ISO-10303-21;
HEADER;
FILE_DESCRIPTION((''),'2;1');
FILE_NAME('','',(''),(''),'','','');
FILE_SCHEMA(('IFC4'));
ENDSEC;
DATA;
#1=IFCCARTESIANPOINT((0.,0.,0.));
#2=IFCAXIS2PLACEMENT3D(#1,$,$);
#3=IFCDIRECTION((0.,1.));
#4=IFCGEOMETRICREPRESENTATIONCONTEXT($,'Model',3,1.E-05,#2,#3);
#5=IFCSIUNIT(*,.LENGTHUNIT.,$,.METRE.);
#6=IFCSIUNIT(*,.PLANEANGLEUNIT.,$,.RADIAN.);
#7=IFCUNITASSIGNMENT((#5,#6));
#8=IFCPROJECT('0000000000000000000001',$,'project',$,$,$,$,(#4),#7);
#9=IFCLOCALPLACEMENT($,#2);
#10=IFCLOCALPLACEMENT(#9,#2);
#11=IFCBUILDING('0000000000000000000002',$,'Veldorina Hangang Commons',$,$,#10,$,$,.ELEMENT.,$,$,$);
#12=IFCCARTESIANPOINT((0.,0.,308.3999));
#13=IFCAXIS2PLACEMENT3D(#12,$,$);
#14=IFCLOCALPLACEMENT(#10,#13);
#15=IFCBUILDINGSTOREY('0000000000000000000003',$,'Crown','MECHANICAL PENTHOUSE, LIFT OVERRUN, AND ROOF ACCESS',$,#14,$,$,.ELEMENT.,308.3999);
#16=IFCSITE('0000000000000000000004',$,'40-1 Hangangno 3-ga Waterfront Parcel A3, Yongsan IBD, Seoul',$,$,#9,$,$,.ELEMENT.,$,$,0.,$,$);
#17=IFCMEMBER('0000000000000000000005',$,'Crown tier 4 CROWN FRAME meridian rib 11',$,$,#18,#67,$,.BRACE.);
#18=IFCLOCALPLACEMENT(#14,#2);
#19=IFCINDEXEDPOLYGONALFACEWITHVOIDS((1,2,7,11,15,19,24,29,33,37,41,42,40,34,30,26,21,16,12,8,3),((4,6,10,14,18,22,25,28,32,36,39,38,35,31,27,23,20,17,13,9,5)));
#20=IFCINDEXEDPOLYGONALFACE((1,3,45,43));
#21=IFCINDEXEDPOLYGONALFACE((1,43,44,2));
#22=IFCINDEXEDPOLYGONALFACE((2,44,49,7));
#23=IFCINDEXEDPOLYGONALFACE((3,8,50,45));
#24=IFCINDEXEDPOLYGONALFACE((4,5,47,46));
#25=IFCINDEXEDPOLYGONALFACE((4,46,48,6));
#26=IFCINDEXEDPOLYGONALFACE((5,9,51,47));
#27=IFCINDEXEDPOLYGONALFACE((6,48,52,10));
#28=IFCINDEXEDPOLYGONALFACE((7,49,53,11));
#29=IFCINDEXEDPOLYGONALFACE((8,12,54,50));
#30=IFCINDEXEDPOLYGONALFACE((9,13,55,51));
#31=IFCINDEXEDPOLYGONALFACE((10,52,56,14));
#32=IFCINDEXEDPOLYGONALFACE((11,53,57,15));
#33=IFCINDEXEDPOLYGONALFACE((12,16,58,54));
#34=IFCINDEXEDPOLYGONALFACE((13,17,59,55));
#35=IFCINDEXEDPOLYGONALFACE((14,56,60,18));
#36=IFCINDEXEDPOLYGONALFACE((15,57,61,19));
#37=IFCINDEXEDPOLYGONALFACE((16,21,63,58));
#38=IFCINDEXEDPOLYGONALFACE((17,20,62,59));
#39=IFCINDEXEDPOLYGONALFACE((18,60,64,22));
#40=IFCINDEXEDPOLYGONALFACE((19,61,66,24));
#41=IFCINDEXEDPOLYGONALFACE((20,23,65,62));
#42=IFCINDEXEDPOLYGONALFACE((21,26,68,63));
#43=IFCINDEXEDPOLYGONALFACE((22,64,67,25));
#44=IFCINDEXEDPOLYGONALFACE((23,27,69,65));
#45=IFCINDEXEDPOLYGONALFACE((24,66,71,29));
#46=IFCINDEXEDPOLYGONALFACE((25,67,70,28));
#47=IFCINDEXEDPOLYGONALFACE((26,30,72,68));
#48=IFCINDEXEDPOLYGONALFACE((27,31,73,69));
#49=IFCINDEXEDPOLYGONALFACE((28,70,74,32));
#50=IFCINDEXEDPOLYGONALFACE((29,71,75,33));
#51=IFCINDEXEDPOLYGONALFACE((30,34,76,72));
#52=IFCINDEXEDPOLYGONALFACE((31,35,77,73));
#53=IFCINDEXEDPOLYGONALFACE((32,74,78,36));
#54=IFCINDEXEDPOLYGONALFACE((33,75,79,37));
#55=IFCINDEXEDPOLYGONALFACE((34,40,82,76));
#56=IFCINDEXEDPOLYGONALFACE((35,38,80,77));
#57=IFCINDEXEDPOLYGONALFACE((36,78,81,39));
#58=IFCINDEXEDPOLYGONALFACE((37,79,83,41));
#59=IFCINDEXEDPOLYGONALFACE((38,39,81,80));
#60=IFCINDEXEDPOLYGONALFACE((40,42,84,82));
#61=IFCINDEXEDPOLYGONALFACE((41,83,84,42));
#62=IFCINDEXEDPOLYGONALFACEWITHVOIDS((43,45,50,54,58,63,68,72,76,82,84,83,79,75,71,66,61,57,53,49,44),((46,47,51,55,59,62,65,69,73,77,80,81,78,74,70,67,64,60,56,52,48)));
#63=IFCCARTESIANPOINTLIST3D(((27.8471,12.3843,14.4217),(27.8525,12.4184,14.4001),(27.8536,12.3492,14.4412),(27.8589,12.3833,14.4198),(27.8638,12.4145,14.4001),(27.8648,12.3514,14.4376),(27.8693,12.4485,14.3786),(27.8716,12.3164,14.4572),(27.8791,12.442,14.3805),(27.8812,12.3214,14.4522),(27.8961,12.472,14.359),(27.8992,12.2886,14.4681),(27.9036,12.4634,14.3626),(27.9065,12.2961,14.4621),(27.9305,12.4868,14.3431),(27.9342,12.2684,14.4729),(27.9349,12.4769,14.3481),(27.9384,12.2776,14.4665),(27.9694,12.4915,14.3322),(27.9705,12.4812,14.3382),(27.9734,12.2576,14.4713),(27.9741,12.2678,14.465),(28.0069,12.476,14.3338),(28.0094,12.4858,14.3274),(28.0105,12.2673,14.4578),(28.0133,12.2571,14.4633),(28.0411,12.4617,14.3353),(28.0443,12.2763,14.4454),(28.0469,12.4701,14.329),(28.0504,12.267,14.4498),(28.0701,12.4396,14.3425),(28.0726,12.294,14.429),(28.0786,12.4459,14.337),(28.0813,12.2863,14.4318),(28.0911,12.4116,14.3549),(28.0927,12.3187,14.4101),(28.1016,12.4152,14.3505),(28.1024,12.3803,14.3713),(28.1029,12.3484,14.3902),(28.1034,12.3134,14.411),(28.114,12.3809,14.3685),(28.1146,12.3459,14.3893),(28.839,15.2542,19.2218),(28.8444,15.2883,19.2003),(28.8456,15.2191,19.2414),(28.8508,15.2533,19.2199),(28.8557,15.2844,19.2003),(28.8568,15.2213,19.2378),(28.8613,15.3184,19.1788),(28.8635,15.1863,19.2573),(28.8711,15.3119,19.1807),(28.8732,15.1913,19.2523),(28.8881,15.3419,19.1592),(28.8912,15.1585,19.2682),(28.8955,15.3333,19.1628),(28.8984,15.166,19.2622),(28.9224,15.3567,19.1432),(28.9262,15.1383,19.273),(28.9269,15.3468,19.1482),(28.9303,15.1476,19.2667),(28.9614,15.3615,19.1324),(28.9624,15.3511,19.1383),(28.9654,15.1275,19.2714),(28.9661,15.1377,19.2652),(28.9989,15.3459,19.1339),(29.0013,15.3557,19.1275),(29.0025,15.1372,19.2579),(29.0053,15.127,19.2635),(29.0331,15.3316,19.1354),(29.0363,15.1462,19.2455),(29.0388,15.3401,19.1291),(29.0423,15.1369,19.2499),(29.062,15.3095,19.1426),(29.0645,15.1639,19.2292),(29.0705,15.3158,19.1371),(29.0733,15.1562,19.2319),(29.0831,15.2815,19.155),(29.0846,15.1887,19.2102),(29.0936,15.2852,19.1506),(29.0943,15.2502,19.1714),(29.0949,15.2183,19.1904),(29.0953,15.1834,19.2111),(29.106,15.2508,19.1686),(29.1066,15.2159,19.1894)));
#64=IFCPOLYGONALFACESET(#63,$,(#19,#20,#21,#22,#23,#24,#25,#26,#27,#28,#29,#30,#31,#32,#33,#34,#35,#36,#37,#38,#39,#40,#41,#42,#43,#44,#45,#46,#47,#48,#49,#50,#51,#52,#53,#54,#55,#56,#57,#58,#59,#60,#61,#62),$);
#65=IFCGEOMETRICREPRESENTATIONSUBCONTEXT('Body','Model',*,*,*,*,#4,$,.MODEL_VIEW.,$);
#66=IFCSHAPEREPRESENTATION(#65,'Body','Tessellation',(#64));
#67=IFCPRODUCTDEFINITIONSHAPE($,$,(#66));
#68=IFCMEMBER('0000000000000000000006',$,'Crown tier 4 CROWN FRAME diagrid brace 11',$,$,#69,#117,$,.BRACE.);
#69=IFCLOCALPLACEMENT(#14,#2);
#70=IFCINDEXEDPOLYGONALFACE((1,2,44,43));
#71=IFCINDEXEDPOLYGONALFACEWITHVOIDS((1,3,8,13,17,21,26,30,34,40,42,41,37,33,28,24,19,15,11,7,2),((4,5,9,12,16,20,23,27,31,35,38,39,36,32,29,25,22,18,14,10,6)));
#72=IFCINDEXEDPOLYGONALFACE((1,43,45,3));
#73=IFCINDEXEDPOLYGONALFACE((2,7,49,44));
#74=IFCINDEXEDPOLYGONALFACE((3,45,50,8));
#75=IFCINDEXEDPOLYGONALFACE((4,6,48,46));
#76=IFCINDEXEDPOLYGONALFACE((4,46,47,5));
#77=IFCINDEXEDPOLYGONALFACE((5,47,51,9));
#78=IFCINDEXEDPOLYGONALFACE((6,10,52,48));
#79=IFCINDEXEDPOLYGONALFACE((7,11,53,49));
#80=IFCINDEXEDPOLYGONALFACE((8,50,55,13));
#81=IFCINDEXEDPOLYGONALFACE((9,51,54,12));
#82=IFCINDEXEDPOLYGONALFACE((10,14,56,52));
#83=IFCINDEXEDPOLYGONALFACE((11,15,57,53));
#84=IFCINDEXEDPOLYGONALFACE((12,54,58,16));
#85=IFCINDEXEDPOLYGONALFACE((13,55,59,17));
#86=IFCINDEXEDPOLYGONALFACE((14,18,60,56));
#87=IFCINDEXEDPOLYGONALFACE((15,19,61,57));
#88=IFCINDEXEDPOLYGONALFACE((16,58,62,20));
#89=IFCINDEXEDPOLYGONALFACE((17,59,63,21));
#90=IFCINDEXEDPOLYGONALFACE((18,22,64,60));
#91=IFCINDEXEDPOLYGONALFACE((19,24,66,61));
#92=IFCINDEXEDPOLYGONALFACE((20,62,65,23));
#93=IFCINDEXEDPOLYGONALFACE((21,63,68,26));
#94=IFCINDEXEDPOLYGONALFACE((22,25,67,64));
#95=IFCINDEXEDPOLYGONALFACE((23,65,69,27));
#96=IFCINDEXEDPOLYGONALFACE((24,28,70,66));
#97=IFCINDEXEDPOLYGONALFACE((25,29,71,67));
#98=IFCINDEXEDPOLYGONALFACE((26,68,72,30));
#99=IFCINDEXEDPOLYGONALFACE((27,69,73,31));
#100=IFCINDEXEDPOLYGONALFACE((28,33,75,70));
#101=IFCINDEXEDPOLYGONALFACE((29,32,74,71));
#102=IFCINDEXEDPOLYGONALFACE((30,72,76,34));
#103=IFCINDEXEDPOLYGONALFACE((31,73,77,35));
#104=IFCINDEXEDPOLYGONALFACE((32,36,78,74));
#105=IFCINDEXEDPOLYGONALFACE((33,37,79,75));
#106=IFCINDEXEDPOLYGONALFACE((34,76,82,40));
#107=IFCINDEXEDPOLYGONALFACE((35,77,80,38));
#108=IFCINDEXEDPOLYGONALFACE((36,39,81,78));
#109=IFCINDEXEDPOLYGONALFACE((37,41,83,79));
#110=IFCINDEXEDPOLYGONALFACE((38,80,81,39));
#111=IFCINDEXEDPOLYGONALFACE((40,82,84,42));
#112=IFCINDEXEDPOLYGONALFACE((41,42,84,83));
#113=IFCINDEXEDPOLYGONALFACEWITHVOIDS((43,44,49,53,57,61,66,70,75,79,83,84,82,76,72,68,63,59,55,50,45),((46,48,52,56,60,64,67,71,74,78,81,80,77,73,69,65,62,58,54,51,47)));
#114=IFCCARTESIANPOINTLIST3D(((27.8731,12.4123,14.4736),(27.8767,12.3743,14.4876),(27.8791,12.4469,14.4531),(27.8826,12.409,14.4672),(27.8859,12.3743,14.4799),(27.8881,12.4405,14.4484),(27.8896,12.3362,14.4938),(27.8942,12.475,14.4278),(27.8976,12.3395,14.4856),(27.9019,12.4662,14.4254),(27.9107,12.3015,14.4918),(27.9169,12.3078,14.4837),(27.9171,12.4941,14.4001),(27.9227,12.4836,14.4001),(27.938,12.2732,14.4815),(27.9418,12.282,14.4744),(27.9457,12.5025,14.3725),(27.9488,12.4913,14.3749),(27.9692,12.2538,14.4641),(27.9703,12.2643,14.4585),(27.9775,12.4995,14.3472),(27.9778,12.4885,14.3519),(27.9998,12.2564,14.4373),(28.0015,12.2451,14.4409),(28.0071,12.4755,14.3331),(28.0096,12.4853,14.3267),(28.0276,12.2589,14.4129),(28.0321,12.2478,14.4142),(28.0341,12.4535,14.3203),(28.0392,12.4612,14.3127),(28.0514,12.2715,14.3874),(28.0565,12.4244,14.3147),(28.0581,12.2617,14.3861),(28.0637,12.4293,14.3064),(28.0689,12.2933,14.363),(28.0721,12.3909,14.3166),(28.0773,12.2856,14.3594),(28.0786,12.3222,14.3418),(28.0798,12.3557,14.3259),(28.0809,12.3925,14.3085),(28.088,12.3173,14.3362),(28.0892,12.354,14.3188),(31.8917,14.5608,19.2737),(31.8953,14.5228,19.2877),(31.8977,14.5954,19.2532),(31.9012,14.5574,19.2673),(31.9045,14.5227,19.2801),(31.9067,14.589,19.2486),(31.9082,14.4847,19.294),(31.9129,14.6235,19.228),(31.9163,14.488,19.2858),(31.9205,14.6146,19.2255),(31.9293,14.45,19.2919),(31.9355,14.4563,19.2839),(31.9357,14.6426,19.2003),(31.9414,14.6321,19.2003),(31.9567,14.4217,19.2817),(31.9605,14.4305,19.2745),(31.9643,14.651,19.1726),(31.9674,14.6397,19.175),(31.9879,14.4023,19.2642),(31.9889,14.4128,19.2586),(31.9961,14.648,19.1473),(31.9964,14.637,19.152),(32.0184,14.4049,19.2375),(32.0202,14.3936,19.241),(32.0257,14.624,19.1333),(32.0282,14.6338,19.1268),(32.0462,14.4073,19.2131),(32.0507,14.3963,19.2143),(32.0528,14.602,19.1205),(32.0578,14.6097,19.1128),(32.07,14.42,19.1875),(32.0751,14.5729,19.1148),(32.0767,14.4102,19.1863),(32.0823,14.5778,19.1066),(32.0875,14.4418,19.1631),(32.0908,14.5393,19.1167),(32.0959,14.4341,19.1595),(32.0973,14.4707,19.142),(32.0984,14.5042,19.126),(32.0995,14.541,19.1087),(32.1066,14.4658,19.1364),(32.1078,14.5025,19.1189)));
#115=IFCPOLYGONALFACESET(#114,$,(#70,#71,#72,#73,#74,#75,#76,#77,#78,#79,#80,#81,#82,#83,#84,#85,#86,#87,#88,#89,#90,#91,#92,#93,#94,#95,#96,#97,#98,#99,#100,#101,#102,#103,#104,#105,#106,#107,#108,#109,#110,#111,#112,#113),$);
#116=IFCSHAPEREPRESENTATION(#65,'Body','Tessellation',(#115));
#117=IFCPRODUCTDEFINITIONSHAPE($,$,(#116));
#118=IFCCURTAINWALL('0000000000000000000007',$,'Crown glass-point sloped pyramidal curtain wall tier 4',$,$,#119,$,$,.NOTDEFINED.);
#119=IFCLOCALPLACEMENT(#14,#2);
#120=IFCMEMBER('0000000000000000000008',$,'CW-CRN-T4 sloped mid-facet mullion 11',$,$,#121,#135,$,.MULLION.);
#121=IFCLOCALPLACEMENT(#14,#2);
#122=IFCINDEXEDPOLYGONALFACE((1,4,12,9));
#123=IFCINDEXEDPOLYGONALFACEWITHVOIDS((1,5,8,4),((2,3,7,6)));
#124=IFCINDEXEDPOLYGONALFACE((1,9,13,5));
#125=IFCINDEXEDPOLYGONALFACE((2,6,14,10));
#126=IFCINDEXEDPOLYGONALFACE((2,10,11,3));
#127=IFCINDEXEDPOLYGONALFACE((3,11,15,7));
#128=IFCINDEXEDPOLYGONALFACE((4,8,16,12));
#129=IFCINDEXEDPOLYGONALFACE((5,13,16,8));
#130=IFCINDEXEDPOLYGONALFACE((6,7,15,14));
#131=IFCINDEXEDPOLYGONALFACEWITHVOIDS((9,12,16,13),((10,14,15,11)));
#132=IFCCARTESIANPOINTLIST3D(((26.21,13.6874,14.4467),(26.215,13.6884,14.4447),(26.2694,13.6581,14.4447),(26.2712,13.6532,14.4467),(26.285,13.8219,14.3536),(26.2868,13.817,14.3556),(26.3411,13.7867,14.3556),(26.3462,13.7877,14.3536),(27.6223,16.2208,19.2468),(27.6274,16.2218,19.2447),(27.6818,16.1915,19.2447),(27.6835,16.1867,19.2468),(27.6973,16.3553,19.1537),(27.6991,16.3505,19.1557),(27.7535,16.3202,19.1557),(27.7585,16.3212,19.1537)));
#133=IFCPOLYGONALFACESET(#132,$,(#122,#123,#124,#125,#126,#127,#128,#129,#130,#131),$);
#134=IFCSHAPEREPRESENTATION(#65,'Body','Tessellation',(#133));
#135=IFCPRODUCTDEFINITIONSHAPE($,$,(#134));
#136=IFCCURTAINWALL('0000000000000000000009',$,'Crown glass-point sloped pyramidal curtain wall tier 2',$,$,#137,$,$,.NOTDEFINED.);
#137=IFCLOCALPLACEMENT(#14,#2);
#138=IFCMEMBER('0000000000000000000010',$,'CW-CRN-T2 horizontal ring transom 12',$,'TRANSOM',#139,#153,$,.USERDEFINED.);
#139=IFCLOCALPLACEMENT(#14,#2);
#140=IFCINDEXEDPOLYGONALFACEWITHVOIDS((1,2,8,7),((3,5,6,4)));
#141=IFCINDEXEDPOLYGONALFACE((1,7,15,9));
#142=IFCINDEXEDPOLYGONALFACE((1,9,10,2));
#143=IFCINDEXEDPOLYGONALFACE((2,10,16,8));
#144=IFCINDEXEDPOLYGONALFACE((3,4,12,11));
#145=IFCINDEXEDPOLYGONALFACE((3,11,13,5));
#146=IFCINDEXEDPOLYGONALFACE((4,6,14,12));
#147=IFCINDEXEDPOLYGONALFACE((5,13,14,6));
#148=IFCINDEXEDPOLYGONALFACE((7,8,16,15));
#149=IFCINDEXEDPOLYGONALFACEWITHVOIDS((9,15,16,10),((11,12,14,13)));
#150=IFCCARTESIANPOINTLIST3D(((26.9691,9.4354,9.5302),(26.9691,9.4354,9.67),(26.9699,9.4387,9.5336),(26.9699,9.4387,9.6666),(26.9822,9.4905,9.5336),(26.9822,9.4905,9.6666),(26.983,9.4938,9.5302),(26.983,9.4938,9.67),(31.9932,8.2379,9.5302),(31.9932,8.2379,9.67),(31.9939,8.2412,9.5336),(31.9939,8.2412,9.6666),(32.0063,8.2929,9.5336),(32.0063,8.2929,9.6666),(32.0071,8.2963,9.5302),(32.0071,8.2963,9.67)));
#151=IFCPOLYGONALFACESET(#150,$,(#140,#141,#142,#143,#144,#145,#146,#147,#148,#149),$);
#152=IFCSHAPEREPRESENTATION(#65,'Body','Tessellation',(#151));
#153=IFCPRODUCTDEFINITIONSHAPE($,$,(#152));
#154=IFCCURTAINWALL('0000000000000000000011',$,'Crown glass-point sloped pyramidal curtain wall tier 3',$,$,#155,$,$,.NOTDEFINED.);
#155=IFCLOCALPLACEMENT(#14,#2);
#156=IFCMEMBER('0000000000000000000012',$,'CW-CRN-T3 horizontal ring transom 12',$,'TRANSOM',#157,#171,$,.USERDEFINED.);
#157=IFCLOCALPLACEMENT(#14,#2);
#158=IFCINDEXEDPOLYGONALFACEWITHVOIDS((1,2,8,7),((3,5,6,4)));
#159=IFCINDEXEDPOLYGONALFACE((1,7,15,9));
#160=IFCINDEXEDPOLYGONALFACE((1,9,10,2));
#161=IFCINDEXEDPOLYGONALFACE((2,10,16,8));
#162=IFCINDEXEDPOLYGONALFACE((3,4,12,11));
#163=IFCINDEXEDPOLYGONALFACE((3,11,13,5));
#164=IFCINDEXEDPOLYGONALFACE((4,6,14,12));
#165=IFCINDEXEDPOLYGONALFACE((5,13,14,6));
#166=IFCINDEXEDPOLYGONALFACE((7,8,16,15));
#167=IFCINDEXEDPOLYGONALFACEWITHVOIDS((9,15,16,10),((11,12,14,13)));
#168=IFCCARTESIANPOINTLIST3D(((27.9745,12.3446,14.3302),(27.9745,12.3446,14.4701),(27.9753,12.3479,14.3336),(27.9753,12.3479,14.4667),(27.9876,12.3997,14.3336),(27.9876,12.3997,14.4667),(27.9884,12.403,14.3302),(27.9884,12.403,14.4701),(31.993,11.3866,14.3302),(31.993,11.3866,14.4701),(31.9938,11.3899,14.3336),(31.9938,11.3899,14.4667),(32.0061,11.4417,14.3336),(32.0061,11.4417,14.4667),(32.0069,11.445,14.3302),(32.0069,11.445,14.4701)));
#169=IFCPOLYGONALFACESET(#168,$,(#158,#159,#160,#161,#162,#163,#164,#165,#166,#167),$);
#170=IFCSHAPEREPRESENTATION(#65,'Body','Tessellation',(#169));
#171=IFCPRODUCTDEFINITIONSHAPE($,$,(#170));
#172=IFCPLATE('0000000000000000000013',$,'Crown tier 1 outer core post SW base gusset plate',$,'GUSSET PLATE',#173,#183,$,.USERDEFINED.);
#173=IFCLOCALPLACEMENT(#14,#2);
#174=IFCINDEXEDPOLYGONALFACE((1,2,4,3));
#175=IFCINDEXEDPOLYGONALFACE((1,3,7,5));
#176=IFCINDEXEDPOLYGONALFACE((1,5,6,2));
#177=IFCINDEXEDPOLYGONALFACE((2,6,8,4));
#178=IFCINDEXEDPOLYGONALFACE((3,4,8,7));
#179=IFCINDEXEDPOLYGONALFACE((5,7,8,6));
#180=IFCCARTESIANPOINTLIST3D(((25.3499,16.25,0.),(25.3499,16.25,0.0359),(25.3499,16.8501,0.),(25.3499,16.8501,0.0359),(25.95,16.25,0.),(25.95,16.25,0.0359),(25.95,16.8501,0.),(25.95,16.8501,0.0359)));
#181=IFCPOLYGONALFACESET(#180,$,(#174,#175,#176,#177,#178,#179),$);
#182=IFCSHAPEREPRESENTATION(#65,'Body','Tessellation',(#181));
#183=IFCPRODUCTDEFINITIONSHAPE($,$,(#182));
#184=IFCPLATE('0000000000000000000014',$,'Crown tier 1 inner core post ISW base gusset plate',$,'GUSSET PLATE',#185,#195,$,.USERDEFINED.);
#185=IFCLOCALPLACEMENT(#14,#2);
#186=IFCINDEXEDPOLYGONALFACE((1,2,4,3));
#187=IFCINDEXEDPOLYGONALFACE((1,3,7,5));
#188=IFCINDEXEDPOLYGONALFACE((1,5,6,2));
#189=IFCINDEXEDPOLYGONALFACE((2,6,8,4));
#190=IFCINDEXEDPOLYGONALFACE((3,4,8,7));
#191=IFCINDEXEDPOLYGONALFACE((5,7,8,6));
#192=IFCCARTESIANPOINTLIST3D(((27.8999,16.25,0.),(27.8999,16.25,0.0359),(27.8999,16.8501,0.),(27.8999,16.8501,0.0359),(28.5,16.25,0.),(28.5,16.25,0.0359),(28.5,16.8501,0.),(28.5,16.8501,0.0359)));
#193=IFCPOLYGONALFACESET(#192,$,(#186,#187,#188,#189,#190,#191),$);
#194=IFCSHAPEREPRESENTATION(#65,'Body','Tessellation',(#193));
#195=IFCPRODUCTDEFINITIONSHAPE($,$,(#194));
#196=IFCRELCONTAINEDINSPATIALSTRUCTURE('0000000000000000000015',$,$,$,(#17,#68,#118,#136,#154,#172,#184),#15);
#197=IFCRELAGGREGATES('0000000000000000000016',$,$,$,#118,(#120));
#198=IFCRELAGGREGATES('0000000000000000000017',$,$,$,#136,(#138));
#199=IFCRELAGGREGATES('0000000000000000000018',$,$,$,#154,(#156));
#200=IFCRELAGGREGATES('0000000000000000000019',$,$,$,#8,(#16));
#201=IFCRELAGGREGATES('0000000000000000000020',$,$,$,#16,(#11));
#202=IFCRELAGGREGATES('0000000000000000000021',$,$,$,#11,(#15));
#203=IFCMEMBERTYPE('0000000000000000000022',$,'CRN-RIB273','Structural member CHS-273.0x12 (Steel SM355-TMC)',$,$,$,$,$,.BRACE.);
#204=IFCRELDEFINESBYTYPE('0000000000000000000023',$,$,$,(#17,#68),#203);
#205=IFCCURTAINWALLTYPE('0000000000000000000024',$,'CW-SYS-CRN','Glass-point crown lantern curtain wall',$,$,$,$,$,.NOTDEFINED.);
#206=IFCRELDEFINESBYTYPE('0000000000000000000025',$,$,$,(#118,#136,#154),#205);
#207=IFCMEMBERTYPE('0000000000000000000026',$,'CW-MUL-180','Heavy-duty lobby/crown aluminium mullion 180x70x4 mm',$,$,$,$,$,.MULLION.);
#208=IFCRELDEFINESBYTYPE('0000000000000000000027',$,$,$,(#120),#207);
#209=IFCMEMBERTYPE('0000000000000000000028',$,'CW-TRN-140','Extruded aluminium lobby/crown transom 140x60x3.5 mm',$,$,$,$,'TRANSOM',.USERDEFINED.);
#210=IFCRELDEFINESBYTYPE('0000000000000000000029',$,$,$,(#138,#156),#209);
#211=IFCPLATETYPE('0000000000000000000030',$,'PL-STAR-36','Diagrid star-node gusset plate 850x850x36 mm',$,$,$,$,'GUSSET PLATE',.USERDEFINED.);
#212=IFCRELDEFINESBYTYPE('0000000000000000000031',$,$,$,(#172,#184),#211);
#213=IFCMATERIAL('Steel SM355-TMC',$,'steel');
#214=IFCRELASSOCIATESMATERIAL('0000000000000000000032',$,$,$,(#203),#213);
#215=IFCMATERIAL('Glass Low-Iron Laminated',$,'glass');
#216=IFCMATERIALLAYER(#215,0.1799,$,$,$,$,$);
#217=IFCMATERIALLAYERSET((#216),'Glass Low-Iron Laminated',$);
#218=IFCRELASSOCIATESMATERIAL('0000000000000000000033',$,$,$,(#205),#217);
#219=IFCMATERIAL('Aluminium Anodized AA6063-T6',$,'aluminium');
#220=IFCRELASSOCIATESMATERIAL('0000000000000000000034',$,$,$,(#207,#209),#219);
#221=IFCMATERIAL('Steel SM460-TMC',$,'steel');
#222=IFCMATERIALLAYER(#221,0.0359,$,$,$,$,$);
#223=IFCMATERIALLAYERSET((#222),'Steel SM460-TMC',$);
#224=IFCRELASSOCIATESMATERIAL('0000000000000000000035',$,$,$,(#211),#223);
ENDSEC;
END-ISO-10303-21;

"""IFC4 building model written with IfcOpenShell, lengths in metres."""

from ifc_helpers import new_model, si_unit, direction, frame, origin, origin_2d, place, context, subcontext, project, spatial, rectangle, hollow_rectangle, hollow_circle, extrude, material, layer, layer_set, material_profile, profile_set, type_object, element, aggregate, save


model = new_model("IFC4")

# Units and contexts
model_context = context("Model", 3, precision=1e-05, world=origin(), true_north=direction((0.0, 1.0)))
body_context = subcontext(model_context, "Body", "Model", "MODEL_VIEW")
ifc_project = project(units=[si_unit("LENGTHUNIT", "METRE"), si_unit("PLANEANGLEUNIT", "RADIAN")], contexts=[model_context])

# Site, building, storey
site_placement = place(None, origin())
site = spatial("IfcSite", under=ifc_project, at=site_placement, Name="40-1 Hangangno 3-ga Waterfront Parcel A3, Yongsan IBD, Seoul", CompositionType="ELEMENT", RefElevation=0.0)
building_placement = place(site_placement, origin())
building = spatial("IfcBuilding", under=site, at=building_placement, Name="Veldorina Hangang Commons", CompositionType="ELEMENT")
storey_placement = place(building_placement, frame((0.0, 0.0, 308.3999)))
storey = spatial("IfcBuildingStorey", under=building, at=storey_placement, Name="Crown", Description="MECHANICAL PENTHOUSE, LIFT OVERRUN, AND ROOF ACCESS", CompositionType="ELEMENT", Elevation=308.3999)

# Shared definitions
ifc_material_1 = material(Name="Steel SM460-TMC", Category="steel")

# Members
ifc_material_2 = material(Name="Steel SM355-TMC", Category="steel")
ifc_material_profile_1 = material_profile(ifc_material_2, hollow_circle(Radius=0.1365, WallThickness=0.012, at=origin_2d()), Name="CHS-273.0x12")
ifc_profile_set_1 = profile_set([ifc_material_profile_1], Name="Steel SM355-TMC")
member_type_1 = type_object("IfcMemberType", Name="CRN-RIB273", Description="Structural member CHS-273.0x12 (Steel SM355-TMC)", PredefinedType="BRACE", material=ifc_profile_set_1)
member_1_placement = place(storey_placement, frame((27.9814, 12.3738, 14.4001), z_axis=(0.174643, 0.505273, 0.845103), x_axis=(-0.945136, 0.326677, 0.0)))
element("IfcMember", 1, at=member_1_placement, inside=storey, type_object=member_type_1, Name="Crown tier 4 CROWN FRAME meridian rib 11", PredefinedType="BRACE", context=body_context, shape_type="SweptSolid", body=[
    extrude(hollow_circle(Radius=0.1365, WallThickness=0.012, at=origin_2d()), origin(), (0.0, 0.0, 1.0), 5.6799),
])
member_2_placement = place(storey_placement, frame((27.9814, 12.3738, 14.4001), z_axis=(0.607167, 0.324609, 0.725243), x_axis=(-0.471478, 0.881878, 0.0)))
element("IfcMember", 2, at=member_2_placement, inside=storey, type_object=member_type_1, Name="Crown tier 4 CROWN FRAME diagrid brace 11", PredefinedType="BRACE", context=body_context, shape_type="SweptSolid", body=[
    extrude(hollow_circle(Radius=0.1365, WallThickness=0.012, at=origin_2d()), origin(), (0.0, 0.0, 1.0), 6.6187),
])

# Curtain walls, members
ifc_material_3 = material(Name="Glass Low-Iron Laminated", Category="glass")
ifc_layer_1 = layer(ifc_material_3, 0.1799)
ifc_layer_set_1 = layer_set([ifc_layer_1], Name="Glass Low-Iron Laminated")
curtain_wall_type = type_object("IfcCurtainWallType", Name="CW-SYS-CRN", Description="Glass-point crown lantern curtain wall", PredefinedType="NOTDEFINED", material=ifc_layer_set_1)
curtain_wall_1_placement = place(storey_placement, origin())
curtain_wall_1 = element("IfcCurtainWall", 3, at=curtain_wall_1_placement, inside=storey, type_object=curtain_wall_type, Name="Crown glass-point sloped pyramidal curtain wall tier 4", PredefinedType="NOTDEFINED")
ifc_material_4 = material(Name="Aluminium Anodized AA6063-T6", Category="aluminium")
ifc_material_profile_2 = material_profile(ifc_material_4, hollow_rectangle(XDim=0.0701, YDim=0.1799, WallThickness=0.0039, at=origin_2d()), Name="ALU-RHS-180x70x4")
ifc_profile_set_2 = profile_set([ifc_material_profile_2], Name="Aluminium Anodized AA6063-T6")
member_type_2 = type_object("IfcMemberType", Name="CW-MUL-180", Description="Heavy-duty lobby/crown aluminium mullion 180x70x4 mm", PredefinedType="MULLION", material=ifc_profile_set_2)
member_3_placement = place(storey_placement, frame((26.2781, 13.7375, 14.4001), z_axis=(0.251831, 0.451728, 0.855876), x_axis=(-0.873442, 0.486929, 0.0)))
member_3 = element("IfcMember", 4, at=member_3_placement, type_object=member_type_2, Name="CW-CRN-T4 sloped mid-facet mullion 11", PredefinedType="MULLION", context=body_context, shape_type="SweptSolid", body=[
    extrude(hollow_rectangle(XDim=0.0701, YDim=0.1799, WallThickness=0.0039, at=origin_2d()), origin(), (0.0, 0.0, 1.0), 5.6084),
])
aggregate(curtain_wall_1, [member_3])
curtain_wall_2_placement = place(storey_placement, origin())
curtain_wall_2 = element("IfcCurtainWall", 5, at=curtain_wall_2_placement, inside=storey, type_object=curtain_wall_type, Name="Crown glass-point sloped pyramidal curtain wall tier 2", PredefinedType="NOTDEFINED")
ifc_material_profile_3 = material_profile(ifc_material_4, hollow_rectangle(XDim=0.0601, YDim=0.1399, WallThickness=0.0034, at=origin_2d()), Name="ALU-RHS-140x60x3.5")
ifc_profile_set_3 = profile_set([ifc_material_profile_3], Name="Aluminium Anodized AA6063-T6")
member_type_3 = type_object("IfcMemberType", Name="CW-TRN-140", Description="Extruded aluminium lobby/crown transom 140x60x3.5 mm", ElementType="TRANSOM", PredefinedType="USERDEFINED", material=ifc_profile_set_3)
member_4_placement = place(storey_placement, frame((26.9761, 9.4646, 9.6001), z_axis=(0.972748, -0.231865, 0.0), x_axis=(0.231865, 0.972748, 0.0)))
member_4 = element("IfcMember", 6, at=member_4_placement, type_object=member_type_3, Name="CW-CRN-T2 horizontal ring transom 12", ObjectType="TRANSOM", PredefinedType="USERDEFINED", context=body_context, shape_type="SweptSolid", body=[
    extrude(hollow_rectangle(XDim=0.0601, YDim=0.1399, WallThickness=0.0034, at=origin_2d()), origin(), (0.0, 0.0, 1.0), 5.1648),
])
aggregate(curtain_wall_2, [member_4])
curtain_wall_3_placement = place(storey_placement, origin())
curtain_wall_3 = element("IfcCurtainWall", 7, at=curtain_wall_3_placement, inside=storey, type_object=curtain_wall_type, Name="Crown glass-point sloped pyramidal curtain wall tier 3", PredefinedType="NOTDEFINED")
member_5_placement = place(storey_placement, frame((27.9814, 12.3738, 14.4001), z_axis=(0.97274, -0.231897, 0.0), x_axis=(0.231897, 0.97274, 0.0)))
member_5 = element("IfcMember", 8, at=member_5_placement, type_object=member_type_3, Name="CW-CRN-T3 horizontal ring transom 12", ObjectType="TRANSOM", PredefinedType="USERDEFINED", context=body_context, shape_type="SweptSolid", body=[
    extrude(hollow_rectangle(XDim=0.0601, YDim=0.1399, WallThickness=0.0034, at=origin_2d()), origin(), (0.0, 0.0, 1.0), 4.1311),
])
aggregate(curtain_wall_3, [member_5])

# Plates
ifc_layer_2 = layer(ifc_material_1, 0.0359)
ifc_layer_set_2 = layer_set([ifc_layer_2], Name="Steel SM460-TMC")
plate_type = type_object("IfcPlateType", Name="PL-STAR-36", Description="Diagrid star-node gusset plate 850x850x36 mm", ElementType="GUSSET PLATE", PredefinedType="USERDEFINED", material=ifc_layer_set_2)
for number, where, z_axis, x_axis, name in (
    (9, (25.6499, 16.55, 0.0), (0.0, 0.0, 1.0), (1.0, 0.0, 0.0), "Crown tier 1 outer core post SW base gusset plate"),
    (10, (28.2, 16.55, 0.0), (0.0, 0.0, 1.0), (1.0, 0.0, 0.0), "Crown tier 1 inner core post ISW base gusset plate"),
):
    element("IfcPlate", number, at=place(storey_placement, frame(where, z_axis=z_axis, x_axis=x_axis)), inside=storey, type_object=plate_type, Name=name, ObjectType="GUSSET PLATE", PredefinedType="USERDEFINED", context=body_context, shape_type="SweptSolid", body=[
        extrude(rectangle(XDim=0.6001, YDim=0.6001, at=origin_2d()), origin(), (0.0, 0.0, 1.0), 0.0359),
    ])

save(model, "model.ifc")
